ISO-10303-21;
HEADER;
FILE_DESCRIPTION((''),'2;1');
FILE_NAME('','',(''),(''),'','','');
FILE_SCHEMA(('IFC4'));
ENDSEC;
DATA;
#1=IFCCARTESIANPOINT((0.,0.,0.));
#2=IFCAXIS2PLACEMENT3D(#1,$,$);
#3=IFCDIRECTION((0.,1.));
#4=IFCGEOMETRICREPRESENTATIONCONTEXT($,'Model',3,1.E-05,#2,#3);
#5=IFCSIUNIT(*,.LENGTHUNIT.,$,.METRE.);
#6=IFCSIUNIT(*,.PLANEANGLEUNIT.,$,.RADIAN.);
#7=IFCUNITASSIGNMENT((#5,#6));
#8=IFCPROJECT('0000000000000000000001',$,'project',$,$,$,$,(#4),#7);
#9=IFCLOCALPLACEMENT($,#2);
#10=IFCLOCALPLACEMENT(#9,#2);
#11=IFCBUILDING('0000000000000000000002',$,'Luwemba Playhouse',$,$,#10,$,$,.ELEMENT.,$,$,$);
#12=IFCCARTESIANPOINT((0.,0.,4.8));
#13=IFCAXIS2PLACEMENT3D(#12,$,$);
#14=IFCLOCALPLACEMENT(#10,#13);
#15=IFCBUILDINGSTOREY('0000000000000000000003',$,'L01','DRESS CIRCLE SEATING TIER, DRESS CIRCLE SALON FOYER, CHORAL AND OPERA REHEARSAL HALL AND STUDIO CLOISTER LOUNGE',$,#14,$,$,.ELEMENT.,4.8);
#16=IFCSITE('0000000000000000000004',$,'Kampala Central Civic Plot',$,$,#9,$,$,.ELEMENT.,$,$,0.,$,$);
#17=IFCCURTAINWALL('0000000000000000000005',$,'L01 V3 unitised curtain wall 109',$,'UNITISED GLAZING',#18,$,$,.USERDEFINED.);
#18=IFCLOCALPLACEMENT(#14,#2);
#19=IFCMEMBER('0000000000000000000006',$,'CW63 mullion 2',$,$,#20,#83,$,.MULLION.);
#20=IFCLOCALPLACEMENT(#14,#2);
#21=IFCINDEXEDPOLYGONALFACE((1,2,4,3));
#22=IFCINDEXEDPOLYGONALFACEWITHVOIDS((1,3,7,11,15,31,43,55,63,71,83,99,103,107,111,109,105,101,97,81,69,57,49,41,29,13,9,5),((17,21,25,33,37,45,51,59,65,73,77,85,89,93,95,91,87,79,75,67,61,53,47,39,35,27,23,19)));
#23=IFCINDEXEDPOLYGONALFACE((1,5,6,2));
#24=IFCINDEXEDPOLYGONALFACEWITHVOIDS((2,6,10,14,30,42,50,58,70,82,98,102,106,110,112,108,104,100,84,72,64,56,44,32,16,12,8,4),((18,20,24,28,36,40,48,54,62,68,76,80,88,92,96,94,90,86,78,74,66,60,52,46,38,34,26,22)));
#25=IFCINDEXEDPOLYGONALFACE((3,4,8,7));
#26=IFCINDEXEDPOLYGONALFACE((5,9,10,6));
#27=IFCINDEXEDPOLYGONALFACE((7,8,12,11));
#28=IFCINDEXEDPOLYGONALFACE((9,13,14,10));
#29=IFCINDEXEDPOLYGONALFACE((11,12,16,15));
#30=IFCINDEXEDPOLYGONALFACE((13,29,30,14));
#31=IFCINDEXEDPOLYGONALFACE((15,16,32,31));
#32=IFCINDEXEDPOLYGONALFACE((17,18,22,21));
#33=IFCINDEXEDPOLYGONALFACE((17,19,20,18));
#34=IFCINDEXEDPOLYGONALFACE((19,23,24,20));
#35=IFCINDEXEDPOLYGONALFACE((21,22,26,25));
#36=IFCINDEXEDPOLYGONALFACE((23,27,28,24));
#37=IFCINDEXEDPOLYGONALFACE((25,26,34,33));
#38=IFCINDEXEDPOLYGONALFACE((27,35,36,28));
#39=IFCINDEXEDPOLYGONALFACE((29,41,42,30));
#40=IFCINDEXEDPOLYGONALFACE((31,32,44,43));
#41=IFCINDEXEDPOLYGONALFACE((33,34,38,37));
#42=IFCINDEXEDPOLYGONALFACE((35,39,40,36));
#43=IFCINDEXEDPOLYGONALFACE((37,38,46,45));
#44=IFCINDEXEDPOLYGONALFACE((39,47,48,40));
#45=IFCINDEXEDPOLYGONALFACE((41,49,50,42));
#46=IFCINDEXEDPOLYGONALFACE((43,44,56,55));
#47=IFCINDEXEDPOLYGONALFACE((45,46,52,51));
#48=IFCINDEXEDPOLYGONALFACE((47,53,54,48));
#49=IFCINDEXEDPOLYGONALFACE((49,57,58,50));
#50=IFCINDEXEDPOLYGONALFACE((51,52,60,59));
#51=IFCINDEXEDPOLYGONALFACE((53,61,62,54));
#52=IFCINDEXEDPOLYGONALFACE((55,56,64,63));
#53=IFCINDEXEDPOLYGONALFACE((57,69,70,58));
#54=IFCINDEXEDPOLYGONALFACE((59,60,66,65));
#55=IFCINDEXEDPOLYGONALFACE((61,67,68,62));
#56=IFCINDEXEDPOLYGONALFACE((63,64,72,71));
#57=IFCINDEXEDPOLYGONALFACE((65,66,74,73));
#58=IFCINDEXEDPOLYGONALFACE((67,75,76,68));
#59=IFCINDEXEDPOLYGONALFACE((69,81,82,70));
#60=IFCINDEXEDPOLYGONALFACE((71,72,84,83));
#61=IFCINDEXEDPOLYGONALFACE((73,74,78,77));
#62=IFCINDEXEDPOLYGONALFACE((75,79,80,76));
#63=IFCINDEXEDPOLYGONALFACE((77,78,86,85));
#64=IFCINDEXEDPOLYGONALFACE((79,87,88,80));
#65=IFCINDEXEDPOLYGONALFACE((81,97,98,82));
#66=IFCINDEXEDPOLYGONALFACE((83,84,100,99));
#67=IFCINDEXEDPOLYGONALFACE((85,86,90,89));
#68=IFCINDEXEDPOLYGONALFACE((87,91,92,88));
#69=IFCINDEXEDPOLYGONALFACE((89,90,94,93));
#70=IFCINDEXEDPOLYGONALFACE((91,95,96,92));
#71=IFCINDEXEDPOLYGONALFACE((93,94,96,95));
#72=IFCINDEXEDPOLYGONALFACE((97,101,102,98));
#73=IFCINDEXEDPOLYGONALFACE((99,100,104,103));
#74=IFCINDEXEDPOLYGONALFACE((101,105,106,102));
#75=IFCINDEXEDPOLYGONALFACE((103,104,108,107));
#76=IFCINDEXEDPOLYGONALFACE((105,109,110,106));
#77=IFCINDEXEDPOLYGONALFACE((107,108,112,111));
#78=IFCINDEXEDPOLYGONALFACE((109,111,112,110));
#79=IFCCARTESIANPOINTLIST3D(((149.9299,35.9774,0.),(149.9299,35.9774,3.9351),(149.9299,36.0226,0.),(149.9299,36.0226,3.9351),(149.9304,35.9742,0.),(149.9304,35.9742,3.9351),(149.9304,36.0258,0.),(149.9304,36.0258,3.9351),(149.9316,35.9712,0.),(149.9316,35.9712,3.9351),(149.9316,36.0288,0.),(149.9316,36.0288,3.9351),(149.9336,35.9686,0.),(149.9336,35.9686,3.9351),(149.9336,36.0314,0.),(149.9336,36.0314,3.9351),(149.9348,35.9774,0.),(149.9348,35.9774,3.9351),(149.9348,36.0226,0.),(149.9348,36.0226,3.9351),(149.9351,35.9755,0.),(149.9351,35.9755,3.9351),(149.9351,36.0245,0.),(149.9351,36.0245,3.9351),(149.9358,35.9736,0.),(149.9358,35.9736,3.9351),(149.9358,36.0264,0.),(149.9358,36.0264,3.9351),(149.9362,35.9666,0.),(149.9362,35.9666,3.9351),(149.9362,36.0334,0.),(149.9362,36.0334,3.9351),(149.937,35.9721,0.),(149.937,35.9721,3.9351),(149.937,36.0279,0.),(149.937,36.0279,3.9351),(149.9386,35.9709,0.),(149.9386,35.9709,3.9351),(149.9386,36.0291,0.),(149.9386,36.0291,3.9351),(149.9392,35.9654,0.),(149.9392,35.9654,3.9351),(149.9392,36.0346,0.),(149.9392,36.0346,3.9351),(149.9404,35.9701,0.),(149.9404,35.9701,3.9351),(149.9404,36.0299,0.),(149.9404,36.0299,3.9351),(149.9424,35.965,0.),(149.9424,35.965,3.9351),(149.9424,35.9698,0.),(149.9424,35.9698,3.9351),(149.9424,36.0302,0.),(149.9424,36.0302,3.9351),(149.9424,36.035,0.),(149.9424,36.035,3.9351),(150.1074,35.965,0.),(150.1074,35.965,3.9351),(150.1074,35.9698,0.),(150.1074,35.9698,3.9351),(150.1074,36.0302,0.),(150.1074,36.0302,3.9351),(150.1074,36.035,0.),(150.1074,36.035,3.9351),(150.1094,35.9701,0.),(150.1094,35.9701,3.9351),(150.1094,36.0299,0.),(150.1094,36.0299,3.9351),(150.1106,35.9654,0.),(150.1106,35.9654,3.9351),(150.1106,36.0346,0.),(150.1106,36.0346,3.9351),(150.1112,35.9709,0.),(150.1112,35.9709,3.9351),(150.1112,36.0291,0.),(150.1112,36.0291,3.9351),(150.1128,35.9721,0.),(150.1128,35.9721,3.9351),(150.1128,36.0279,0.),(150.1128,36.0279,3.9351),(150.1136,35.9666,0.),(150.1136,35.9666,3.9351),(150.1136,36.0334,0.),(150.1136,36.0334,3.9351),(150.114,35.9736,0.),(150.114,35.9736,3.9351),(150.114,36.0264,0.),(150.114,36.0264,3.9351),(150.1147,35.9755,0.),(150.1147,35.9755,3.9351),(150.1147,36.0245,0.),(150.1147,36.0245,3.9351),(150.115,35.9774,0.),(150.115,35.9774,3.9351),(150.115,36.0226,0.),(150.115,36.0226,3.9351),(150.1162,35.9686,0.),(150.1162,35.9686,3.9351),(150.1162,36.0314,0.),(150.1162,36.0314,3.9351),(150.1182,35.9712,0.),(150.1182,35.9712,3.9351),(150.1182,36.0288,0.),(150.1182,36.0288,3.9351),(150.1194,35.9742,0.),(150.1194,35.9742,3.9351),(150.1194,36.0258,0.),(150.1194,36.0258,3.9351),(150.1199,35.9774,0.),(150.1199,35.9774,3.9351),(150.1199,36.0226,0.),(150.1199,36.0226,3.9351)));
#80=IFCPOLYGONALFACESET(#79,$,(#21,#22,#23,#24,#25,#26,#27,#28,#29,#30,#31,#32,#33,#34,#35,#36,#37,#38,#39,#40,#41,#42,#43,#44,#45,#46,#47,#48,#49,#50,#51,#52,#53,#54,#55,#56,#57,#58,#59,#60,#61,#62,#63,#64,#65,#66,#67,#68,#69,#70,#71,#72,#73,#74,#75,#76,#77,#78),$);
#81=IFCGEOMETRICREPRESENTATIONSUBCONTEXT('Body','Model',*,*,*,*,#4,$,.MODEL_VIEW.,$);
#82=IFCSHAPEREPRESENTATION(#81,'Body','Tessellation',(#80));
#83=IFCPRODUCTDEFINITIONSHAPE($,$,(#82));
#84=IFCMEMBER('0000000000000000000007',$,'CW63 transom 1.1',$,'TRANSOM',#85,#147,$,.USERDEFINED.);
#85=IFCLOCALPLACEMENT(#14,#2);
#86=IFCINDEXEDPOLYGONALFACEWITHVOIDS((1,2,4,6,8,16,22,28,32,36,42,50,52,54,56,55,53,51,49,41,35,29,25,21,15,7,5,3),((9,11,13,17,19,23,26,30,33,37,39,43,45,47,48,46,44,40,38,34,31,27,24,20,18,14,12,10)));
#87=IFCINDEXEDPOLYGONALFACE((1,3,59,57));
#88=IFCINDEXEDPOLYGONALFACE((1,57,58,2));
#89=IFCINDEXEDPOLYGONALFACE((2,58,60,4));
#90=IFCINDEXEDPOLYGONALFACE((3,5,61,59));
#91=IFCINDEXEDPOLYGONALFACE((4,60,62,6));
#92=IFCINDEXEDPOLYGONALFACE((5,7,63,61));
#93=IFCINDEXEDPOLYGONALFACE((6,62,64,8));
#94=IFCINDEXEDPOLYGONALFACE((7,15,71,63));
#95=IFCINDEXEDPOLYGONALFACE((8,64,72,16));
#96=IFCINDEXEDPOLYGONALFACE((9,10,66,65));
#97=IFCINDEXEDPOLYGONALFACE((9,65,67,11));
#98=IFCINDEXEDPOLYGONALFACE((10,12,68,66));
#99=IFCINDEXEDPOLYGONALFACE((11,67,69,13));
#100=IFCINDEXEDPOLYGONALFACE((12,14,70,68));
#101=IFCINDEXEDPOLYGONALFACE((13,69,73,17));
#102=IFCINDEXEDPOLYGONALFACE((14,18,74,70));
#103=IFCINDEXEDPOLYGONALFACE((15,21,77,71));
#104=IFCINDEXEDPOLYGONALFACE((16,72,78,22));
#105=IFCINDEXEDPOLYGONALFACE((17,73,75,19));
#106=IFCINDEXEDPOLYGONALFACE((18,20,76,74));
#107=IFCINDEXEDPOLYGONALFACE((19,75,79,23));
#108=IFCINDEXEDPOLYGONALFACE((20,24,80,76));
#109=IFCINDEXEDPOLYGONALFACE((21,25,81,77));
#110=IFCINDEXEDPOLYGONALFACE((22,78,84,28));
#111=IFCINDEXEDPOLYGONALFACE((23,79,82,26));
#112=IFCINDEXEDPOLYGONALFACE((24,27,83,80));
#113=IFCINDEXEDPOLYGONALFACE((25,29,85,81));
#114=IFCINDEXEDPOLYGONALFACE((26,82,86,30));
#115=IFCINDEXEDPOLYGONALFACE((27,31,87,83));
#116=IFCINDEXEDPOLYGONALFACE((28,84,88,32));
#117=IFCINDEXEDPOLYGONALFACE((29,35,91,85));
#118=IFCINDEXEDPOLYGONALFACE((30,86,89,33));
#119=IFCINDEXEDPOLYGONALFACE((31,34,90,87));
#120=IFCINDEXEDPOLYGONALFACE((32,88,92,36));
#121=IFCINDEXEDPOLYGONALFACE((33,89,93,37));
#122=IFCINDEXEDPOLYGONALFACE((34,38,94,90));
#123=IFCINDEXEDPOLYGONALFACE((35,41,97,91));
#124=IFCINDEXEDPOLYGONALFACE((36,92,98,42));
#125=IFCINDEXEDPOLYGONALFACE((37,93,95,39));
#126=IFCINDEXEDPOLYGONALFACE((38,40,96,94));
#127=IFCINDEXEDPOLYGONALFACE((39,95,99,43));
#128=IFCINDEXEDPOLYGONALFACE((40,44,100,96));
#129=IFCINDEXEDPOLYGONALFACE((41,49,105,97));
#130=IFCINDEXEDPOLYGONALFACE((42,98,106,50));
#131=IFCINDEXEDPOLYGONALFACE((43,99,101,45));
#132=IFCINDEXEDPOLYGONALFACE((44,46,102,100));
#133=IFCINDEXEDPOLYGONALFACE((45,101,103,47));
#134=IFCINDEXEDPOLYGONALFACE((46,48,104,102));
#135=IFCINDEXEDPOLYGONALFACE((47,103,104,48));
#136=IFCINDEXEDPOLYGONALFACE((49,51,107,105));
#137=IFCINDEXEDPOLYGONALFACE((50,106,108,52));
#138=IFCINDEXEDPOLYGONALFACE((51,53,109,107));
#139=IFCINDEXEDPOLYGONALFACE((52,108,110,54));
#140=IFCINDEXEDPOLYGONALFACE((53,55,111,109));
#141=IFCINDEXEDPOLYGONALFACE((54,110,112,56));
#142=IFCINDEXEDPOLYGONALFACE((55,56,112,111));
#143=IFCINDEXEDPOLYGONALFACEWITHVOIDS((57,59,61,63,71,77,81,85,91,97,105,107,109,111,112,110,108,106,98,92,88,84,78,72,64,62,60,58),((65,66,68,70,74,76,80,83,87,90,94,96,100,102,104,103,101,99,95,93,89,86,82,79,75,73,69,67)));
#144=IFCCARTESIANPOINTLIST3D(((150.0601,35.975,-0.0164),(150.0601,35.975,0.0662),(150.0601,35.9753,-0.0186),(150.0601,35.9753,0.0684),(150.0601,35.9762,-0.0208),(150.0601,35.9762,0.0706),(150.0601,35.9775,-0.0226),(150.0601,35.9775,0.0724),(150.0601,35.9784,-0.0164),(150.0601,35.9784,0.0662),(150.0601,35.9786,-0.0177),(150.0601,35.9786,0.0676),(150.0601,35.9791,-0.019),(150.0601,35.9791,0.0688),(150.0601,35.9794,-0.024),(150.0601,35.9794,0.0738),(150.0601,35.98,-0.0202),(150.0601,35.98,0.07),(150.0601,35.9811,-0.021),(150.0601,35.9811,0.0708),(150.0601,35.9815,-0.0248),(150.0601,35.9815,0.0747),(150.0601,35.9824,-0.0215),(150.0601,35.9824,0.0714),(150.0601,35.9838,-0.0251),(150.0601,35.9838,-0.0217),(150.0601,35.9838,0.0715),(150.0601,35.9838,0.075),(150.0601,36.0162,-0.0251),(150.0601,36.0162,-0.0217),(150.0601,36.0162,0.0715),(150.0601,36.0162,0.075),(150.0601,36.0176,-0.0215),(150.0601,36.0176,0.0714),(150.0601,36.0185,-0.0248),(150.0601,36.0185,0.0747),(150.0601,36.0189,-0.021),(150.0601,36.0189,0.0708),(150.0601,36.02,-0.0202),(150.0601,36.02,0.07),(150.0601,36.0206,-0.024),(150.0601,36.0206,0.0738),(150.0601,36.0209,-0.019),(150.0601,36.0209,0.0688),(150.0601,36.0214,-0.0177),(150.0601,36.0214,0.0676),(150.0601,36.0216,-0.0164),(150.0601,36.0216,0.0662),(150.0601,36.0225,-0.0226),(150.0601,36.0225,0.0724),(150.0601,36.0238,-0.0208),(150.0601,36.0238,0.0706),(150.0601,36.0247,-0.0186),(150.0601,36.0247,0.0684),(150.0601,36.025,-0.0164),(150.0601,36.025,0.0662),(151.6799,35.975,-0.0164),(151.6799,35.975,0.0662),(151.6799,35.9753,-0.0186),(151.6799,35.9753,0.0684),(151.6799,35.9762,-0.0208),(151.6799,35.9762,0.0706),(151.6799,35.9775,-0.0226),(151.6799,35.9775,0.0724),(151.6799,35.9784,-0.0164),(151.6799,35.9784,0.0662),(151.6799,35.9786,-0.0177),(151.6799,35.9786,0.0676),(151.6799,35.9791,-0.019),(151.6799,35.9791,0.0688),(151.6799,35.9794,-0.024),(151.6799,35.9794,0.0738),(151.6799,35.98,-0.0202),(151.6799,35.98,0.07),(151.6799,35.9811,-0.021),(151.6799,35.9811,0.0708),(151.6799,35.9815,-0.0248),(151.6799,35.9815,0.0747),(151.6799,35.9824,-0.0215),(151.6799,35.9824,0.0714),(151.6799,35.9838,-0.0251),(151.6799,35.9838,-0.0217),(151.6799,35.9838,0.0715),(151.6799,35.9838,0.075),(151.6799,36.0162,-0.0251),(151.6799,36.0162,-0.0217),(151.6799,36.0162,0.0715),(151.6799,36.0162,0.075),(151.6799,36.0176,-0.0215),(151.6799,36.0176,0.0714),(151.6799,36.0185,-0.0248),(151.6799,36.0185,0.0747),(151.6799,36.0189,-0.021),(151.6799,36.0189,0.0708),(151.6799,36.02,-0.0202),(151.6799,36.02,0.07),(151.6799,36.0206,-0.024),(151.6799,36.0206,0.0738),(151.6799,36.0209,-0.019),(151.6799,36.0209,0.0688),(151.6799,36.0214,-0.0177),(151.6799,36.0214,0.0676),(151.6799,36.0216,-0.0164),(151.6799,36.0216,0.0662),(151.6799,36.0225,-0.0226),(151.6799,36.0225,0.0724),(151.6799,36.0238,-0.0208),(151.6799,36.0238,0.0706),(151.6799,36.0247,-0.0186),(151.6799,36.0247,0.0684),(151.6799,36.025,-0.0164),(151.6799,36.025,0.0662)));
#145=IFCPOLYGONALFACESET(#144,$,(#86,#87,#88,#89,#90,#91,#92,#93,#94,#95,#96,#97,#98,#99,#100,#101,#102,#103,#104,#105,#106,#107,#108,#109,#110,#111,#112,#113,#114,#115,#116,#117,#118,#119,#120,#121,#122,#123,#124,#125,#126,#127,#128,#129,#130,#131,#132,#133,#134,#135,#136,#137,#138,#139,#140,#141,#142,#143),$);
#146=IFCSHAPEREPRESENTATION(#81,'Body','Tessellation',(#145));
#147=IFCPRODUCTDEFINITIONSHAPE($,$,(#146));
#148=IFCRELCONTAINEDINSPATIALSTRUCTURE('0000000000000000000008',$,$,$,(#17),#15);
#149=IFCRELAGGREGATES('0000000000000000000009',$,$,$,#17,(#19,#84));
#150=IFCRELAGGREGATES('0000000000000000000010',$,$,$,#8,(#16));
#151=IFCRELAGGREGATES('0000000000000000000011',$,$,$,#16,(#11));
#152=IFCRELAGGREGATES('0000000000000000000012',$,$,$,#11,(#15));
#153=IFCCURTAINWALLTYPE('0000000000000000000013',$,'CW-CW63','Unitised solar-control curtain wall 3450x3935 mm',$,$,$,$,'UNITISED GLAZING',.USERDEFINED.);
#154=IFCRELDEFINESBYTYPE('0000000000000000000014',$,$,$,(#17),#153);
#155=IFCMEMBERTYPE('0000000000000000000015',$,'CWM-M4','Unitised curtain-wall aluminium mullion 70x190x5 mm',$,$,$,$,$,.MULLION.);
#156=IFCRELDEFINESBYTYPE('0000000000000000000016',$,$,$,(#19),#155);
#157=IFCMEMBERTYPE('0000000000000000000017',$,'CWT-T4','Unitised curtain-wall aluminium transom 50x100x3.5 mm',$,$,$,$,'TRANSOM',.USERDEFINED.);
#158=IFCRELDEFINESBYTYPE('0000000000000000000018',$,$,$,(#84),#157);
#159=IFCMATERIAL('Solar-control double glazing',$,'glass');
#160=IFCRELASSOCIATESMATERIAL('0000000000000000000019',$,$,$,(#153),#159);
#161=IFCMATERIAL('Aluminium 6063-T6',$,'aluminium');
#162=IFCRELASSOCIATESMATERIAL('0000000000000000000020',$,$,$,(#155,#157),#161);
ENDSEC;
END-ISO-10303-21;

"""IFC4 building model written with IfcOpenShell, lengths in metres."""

from ifc_helpers import new_model, si_unit, direction, frame, origin, origin_2d, place, context, subcontext, project, spatial, hollow_rectangle, extrude, material, material_profile, profile_set, type_object, element, aggregate, save


model = new_model("IFC4")

# Units and contexts
model_context = context("Model", 3, precision=1e-05, world=origin(), true_north=direction((0.0, 1.0)))
body_context = subcontext(model_context, "Body", "Model", "MODEL_VIEW")
ifc_project = project(units=[si_unit("LENGTHUNIT", "METRE"), si_unit("PLANEANGLEUNIT", "RADIAN")], contexts=[model_context])

# Site, building, storey
site_placement = place(None, origin())
site = spatial("IfcSite", under=ifc_project, at=site_placement, Name="Kampala Central Civic Plot", CompositionType="ELEMENT", RefElevation=0.0)
building_placement = place(site_placement, origin())
building = spatial("IfcBuilding", under=site, at=building_placement, Name="Luwemba Playhouse", CompositionType="ELEMENT")
storey_placement = place(building_placement, frame((0.0, 0.0, 4.8)))
storey = spatial("IfcBuildingStorey", under=building, at=storey_placement, Name="L01", Description="DRESS CIRCLE SEATING TIER, DRESS CIRCLE SALON FOYER, CHORAL AND OPERA REHEARSAL HALL AND STUDIO CLOISTER LOUNGE", CompositionType="ELEMENT", Elevation=4.8)

# Curtain wall, members
ifc_material_1 = material(Name="Solar-control double glazing", Category="glass")
curtain_wall_type = type_object("IfcCurtainWallType", Name="CW-CW63", Description="Unitised solar-control curtain wall 3450x3935 mm", ElementType="UNITISED GLAZING", PredefinedType="USERDEFINED", material=ifc_material_1)
curtain_wall_placement = place(storey_placement, origin())
curtain_wall = element("IfcCurtainWall", 1, at=curtain_wall_placement, inside=storey, type_object=curtain_wall_type, Name="L01 V3 unitised curtain wall 109", ObjectType="UNITISED GLAZING", PredefinedType="USERDEFINED")
ifc_material_2 = material(Name="Aluminium 6063-T6", Category="aluminium")
ifc_material_profile_1 = material_profile(ifc_material_2, hollow_rectangle(XDim=0.0701, YDim=0.1899, WallThickness=0.0049, InnerFilletRadius=0.0076, OuterFilletRadius=0.0125, at=origin_2d()))
ifc_profile_set_1 = profile_set([ifc_material_profile_1], Name="Aluminium 6063-T6")
member_type_1 = type_object("IfcMemberType", Name="CWM-M4", Description="Unitised curtain-wall aluminium mullion 70x190x5 mm", PredefinedType="MULLION", material=ifc_profile_set_1)
member_1_placement = place(storey_placement, frame((150.0249, 36.0, 0.0), z_axis=(0.0, 0.0, 1.0), x_axis=(0.0, -1.0, 0.0)))
member_1 = element("IfcMember", 2, at=member_1_placement, type_object=member_type_1, Name="CW63 mullion 2", PredefinedType="MULLION", context=body_context, shape_type="SweptSolid", body=[
    extrude(hollow_rectangle(XDim=0.0701, YDim=0.1899, WallThickness=0.0049, InnerFilletRadius=0.0076, OuterFilletRadius=0.0125, at=origin_2d()), origin(), (0.0, 0.0, 1.0), 3.9351),
])
ifc_material_profile_2 = material_profile(ifc_material_2, hollow_rectangle(XDim=0.05, YDim=0.1001, WallThickness=0.0034, InnerFilletRadius=0.0054, OuterFilletRadius=0.0088, at=origin_2d()))
ifc_profile_set_2 = profile_set([ifc_material_profile_2], Name="Aluminium 6063-T6")
member_type_2 = type_object("IfcMemberType", Name="CWT-T4", Description="Unitised curtain-wall aluminium transom 50x100x3.5 mm", ElementType="TRANSOM", PredefinedType="USERDEFINED", material=ifc_profile_set_2)
member_2_placement = place(storey_placement, frame((151.6799, 36.0, 0.0249), z_axis=(-1.0, 0.0, 0.0), x_axis=(0.0, -1.0, 0.0)))
member_2 = element("IfcMember", 3, at=member_2_placement, type_object=member_type_2, Name="CW63 transom 1.1", ObjectType="TRANSOM", PredefinedType="USERDEFINED", context=body_context, shape_type="SweptSolid", body=[
    extrude(hollow_rectangle(XDim=0.05, YDim=0.1001, WallThickness=0.0034, InnerFilletRadius=0.0054, OuterFilletRadius=0.0088, at=origin_2d()), origin(), (0.0, 0.0, 1.0), 1.6199),
])
aggregate(curtain_wall, [member_1, member_2])

save(model, "model.ifc")
